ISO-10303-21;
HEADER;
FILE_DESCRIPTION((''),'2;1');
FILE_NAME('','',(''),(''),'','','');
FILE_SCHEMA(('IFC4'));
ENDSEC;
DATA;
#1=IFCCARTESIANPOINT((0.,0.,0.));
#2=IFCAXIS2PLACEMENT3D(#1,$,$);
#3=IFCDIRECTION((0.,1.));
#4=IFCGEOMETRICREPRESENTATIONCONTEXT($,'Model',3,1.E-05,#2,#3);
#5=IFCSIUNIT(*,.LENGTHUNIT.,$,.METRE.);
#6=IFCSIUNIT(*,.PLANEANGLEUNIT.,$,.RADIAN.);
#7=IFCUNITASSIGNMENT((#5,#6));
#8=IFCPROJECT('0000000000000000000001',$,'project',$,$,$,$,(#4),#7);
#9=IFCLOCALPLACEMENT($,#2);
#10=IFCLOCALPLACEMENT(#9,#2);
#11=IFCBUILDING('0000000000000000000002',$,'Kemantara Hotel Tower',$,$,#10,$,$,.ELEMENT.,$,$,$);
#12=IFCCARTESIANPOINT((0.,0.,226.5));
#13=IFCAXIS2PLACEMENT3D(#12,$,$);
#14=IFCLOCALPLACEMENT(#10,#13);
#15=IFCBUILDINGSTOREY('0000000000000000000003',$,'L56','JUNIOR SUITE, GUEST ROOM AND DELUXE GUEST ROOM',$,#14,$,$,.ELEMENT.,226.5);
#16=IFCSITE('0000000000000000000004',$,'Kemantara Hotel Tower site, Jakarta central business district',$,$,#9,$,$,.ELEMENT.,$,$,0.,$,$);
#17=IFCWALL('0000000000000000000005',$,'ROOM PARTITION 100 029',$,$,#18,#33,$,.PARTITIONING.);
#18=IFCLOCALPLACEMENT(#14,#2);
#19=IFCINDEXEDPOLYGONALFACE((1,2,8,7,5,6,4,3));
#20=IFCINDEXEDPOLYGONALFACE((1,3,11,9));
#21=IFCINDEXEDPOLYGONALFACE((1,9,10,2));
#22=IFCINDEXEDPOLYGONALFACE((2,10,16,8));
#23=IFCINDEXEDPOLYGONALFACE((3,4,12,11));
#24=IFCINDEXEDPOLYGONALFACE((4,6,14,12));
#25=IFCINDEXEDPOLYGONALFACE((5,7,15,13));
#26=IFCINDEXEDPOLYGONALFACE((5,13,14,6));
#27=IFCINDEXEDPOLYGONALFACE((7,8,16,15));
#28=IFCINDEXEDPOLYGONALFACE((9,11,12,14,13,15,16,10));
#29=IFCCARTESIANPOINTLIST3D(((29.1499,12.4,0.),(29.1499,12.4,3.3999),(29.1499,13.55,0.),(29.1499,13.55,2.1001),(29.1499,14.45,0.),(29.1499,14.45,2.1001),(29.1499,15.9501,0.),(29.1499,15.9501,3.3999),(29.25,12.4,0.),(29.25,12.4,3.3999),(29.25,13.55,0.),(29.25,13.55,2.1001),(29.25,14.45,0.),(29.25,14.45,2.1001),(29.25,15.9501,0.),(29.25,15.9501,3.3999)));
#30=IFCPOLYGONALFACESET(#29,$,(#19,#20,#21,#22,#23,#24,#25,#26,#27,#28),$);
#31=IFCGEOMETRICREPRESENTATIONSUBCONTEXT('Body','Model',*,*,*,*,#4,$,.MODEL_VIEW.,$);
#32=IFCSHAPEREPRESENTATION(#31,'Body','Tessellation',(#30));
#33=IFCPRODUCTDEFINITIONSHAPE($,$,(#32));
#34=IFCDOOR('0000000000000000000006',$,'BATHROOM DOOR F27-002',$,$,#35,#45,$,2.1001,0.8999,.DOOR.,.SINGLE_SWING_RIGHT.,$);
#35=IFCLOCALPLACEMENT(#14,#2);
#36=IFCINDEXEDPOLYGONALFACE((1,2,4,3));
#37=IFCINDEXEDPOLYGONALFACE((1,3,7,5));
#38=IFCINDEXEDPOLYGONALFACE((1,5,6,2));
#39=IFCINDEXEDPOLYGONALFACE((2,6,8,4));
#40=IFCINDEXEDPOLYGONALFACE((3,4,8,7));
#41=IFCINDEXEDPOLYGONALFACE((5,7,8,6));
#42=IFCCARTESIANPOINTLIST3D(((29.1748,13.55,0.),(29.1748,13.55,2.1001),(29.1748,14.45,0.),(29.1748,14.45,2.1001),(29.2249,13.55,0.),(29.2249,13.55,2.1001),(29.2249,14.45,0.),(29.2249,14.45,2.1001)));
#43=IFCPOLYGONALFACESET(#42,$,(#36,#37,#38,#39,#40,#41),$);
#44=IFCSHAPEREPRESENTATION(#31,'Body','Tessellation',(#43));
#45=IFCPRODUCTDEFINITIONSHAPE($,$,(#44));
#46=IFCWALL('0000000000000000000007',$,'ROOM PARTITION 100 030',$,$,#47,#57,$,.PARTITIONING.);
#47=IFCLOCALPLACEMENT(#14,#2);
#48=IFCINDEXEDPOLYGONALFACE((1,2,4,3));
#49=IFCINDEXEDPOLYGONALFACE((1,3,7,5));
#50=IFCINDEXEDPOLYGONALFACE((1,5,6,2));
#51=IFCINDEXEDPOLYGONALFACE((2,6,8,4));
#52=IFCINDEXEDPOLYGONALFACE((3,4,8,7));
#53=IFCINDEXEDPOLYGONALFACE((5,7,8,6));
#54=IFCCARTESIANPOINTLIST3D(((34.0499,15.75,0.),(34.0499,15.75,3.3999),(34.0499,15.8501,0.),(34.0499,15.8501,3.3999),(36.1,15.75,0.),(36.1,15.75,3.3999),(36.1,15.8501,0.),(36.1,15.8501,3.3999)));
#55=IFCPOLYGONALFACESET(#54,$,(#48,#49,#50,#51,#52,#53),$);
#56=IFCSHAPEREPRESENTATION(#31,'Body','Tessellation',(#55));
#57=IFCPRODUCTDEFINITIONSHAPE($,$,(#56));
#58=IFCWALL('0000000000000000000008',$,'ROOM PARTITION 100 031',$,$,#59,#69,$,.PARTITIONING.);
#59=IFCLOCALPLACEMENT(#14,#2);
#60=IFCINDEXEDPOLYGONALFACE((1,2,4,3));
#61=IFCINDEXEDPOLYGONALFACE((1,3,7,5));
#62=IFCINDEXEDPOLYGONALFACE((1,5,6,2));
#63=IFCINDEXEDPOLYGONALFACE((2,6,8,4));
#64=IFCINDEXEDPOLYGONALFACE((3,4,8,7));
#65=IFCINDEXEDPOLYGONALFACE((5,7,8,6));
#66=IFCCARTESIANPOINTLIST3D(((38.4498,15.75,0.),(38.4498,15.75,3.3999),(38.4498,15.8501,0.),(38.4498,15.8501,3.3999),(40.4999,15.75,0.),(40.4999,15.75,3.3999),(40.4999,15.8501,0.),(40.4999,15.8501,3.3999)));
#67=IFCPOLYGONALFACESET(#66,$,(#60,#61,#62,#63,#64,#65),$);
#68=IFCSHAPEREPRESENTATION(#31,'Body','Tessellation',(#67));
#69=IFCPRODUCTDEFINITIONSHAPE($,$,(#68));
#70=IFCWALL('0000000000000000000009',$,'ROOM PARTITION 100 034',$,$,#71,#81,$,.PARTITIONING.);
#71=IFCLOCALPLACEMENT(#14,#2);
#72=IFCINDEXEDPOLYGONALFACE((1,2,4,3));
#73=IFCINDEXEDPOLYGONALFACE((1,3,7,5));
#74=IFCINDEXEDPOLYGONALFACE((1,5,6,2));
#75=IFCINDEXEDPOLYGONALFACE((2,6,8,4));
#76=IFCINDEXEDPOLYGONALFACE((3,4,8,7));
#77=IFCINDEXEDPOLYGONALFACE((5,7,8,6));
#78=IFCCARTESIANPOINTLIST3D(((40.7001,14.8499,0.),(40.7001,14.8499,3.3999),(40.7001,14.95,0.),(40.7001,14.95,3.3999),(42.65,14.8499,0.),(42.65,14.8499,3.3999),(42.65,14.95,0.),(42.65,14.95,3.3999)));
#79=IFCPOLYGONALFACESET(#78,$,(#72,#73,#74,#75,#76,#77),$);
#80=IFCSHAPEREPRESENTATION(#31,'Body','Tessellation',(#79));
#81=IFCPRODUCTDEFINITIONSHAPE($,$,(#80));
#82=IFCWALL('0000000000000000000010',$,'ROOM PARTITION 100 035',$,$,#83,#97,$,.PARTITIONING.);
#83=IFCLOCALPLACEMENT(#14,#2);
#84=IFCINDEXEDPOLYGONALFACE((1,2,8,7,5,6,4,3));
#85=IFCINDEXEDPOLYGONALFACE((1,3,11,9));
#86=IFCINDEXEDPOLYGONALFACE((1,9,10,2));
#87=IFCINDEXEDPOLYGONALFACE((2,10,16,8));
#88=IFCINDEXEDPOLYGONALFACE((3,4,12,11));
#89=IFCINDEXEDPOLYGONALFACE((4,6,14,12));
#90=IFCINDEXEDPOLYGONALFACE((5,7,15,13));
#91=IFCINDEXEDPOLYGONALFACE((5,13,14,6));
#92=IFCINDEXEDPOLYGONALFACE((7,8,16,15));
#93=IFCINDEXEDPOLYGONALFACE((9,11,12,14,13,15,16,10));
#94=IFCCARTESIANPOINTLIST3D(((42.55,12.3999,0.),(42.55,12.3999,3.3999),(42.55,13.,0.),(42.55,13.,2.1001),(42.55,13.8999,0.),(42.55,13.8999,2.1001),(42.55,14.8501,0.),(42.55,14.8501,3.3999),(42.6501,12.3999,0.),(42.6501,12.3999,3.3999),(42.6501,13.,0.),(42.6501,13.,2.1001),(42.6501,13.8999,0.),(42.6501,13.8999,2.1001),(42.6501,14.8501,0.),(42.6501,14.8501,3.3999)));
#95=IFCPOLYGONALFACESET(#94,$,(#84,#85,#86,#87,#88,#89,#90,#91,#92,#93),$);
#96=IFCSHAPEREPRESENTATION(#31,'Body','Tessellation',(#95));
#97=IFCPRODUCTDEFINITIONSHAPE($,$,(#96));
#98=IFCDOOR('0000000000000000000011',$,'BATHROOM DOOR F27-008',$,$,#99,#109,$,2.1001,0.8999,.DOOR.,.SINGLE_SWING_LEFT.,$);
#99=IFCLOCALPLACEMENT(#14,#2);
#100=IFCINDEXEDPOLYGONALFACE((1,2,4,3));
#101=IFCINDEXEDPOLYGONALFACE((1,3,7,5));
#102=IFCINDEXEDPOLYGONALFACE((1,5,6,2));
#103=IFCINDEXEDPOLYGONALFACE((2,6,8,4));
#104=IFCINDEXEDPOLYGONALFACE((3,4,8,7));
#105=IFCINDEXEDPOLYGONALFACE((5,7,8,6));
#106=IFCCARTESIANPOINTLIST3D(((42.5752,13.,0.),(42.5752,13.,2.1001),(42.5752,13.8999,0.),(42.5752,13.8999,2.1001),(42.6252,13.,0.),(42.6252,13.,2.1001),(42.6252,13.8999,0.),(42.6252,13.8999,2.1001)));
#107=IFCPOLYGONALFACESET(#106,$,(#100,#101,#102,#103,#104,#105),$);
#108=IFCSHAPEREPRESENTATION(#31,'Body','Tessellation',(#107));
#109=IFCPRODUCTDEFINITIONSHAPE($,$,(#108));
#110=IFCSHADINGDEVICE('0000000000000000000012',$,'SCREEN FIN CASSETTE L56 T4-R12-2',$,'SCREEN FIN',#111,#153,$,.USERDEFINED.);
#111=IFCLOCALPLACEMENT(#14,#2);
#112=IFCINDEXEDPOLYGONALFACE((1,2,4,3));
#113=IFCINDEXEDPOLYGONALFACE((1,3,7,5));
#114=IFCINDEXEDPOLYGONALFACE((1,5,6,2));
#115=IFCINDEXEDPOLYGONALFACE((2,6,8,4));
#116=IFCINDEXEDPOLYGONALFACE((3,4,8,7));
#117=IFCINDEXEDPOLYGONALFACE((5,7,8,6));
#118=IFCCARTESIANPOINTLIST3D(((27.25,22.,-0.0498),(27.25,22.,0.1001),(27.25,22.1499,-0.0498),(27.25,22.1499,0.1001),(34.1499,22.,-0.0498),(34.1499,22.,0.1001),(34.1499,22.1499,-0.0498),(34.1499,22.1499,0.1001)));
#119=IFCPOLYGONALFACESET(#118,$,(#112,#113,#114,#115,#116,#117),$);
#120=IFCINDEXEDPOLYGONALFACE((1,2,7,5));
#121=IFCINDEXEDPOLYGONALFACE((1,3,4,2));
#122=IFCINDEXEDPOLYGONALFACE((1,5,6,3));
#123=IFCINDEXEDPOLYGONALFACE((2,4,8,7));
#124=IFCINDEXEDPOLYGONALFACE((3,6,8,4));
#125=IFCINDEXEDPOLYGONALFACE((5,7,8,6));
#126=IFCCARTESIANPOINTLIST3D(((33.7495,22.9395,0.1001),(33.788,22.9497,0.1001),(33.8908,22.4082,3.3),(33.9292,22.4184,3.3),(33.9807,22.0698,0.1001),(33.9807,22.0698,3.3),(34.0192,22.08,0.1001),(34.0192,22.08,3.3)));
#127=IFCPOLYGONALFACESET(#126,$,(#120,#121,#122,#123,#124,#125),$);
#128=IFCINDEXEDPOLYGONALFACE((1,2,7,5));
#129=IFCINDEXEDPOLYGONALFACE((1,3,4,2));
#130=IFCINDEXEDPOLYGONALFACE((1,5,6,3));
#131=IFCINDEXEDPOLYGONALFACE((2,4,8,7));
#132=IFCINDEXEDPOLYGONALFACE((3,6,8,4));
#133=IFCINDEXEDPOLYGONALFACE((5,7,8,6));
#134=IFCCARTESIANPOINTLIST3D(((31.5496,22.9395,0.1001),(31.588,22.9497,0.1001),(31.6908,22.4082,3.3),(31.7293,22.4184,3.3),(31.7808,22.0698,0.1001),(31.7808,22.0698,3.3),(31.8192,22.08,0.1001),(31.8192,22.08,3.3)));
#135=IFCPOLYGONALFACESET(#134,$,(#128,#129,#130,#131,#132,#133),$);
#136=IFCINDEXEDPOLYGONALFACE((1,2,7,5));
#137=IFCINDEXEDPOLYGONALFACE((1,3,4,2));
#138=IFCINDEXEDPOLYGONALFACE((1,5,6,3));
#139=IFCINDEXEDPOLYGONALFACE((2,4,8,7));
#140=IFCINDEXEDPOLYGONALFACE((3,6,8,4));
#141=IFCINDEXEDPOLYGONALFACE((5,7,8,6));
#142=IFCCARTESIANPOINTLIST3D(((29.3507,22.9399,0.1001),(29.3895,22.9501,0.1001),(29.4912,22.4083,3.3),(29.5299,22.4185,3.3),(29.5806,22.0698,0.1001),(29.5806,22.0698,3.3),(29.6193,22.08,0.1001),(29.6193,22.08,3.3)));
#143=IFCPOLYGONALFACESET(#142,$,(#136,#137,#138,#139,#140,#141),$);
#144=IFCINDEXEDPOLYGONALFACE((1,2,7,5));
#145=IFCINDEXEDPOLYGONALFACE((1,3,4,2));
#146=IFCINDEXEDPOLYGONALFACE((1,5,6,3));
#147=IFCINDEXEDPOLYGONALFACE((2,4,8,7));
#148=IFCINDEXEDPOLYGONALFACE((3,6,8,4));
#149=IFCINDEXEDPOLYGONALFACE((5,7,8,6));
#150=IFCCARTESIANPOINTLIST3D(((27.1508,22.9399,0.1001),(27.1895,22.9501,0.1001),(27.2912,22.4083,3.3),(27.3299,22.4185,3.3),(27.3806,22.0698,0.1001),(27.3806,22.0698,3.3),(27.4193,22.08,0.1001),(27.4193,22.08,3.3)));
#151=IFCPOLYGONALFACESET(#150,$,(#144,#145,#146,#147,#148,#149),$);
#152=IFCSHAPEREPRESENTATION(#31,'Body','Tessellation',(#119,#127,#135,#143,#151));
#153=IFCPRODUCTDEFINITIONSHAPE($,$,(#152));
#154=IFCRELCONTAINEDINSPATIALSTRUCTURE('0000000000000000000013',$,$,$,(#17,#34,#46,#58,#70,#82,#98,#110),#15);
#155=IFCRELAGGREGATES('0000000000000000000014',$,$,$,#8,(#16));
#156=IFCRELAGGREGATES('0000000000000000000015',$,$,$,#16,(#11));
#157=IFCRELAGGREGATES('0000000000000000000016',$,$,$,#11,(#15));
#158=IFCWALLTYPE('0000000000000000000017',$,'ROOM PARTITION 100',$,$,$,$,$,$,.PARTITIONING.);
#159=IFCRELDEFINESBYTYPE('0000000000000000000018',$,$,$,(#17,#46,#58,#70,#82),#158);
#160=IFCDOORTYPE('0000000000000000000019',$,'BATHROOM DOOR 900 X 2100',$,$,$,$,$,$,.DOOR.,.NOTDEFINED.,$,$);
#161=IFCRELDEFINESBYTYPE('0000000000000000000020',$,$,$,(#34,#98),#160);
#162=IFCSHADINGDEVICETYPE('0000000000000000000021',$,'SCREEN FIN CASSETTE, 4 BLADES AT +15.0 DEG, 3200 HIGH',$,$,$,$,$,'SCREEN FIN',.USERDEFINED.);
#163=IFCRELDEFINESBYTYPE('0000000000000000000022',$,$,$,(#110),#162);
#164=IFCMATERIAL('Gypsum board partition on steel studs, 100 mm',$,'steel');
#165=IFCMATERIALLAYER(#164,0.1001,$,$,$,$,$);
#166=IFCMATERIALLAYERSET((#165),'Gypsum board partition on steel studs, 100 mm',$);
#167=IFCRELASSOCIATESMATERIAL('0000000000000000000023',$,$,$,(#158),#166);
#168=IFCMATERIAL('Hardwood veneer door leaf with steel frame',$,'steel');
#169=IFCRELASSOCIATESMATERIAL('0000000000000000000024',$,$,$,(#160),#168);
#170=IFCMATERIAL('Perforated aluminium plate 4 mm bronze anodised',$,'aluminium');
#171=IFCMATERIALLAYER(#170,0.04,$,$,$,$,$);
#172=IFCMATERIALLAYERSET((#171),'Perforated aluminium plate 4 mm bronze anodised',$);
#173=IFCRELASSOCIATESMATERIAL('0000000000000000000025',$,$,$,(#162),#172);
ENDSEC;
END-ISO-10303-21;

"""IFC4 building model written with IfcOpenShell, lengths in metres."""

from ifc_helpers import new_model, si_unit, direction, frame, frame_2d, origin, origin_2d, place, context, subcontext, project, spatial, polyline, rectangle, outline, extrude, source, transform, mapped, material, layer, layer_set, type_object, element, fill, save


model = new_model("IFC4")

# Units and contexts
model_context = context("Model", 3, precision=1e-05, world=origin(), true_north=direction((0.0, 1.0)))
body_context = subcontext(model_context, "Body", "Model", "MODEL_VIEW")
ifc_project = project(units=[si_unit("LENGTHUNIT", "METRE"), si_unit("PLANEANGLEUNIT", "RADIAN")], contexts=[model_context])

# Site, building, storey
site_placement = place(None, origin())
site = spatial("IfcSite", under=ifc_project, at=site_placement, Name="Kemantara Hotel Tower site, Jakarta central business district", CompositionType="ELEMENT", RefElevation=0.0)
building_placement = place(site_placement, origin())
building = spatial("IfcBuilding", under=site, at=building_placement, Name="Kemantara Hotel Tower", CompositionType="ELEMENT")
storey_placement = place(building_placement, frame((0.0, 0.0, 226.5)))
storey = spatial("IfcBuildingStorey", under=building, at=storey_placement, Name="L56", Description="JUNIOR SUITE, GUEST ROOM AND DELUXE GUEST ROOM", CompositionType="ELEMENT", Elevation=226.5)

# Wall, opening, door
ifc_material_1 = material(Name="Gypsum board partition on steel studs, 100 mm", Category="steel")
ifc_layer_1 = layer(ifc_material_1, 0.1001)
ifc_layer_set_1 = layer_set([ifc_layer_1], Name="Gypsum board partition on steel studs, 100 mm")
wall_type_1 = type_object("IfcWallType", Name="ROOM PARTITION 100", PredefinedType="PARTITIONING", material=ifc_layer_set_1)
wall_1_placement = place(storey_placement, frame((29.2, 15.95, 0.0), z_axis=(0.0, 0.0, 1.0), x_axis=(0.0, -1.0, 0.0)))
wall_1 = element("IfcWall", 1, at=wall_1_placement, inside=storey, type_object=wall_type_1, Name="ROOM PARTITION 100 029", PredefinedType="PARTITIONING", context=body_context, shape_type="SweptSolid", body=[
    extrude(rectangle(XDim=3.55, YDim=0.1001, at=frame_2d((1.7749, 0.0))), origin(), (0.0, 0.0, 1.0), 3.3999),
])
opening_1_placement = place(wall_1_placement, frame((1.5, 0.0, 0.0)))
opening_1 = element("IfcOpeningElement", 2, at=opening_1_placement, cuts=wall_1, PredefinedType="OPENING", context=body_context, shape_type="SweptSolid", body=[
    extrude(rectangle(XDim=0.8999, YDim=2.1001, at=frame_2d((0.45, 1.05))), frame((0.0, 0.0601, 0.0), z_axis=(0.0, -1.0, 0.0), x_axis=(1.0, 0.0, 0.0)), (0.0, 0.0, 1.0), 0.1201),
])
ifc_material_2 = material(Name="Hardwood veneer door leaf with steel frame", Category="steel")
door_type = type_object("IfcDoorType", Name="BATHROOM DOOR 900 X 2100", OperationType="NOTDEFINED", PredefinedType="DOOR", material=ifc_material_2)
door_1_placement = place(opening_1_placement, origin())
door_1 = element("IfcDoor", 3, at=door_1_placement, inside=storey, type_object=door_type, Name="BATHROOM DOOR F27-002", OperationType="SINGLE_SWING_RIGHT", OverallHeight=2.1001, OverallWidth=0.8999, PredefinedType="DOOR", context=body_context, shape_type="SweptSolid", body=[
    extrude(rectangle(XDim=0.8999, YDim=2.1001, at=frame_2d((0.45, 1.05))), frame((0.0, 0.0249, 0.0), z_axis=(0.0, -1.0, 0.0), x_axis=(1.0, 0.0, 0.0)), (0.0, 0.0, 1.0), 0.05),
])
fill(opening_1, door_1)

# Walls
for number, where, z_axis, x_axis, name in (
    (4, (34.05, 15.8, 0.0), (0.0, 0.0, 1.0), (1.0, 0.0, 0.0), "ROOM PARTITION 100 030"),
    (5, (38.45, 15.8, 0.0), (0.0, 0.0, 1.0), (1.0, 0.0, 0.0), "ROOM PARTITION 100 031"),
):
    element("IfcWall", number, at=place(storey_placement, frame(where, z_axis=z_axis, x_axis=x_axis)), inside=storey, type_object=wall_type_1, Name=name, PredefinedType="PARTITIONING", context=body_context, shape_type="SweptSolid", body=[
        extrude(rectangle(XDim=2.05, YDim=0.1001, at=frame_2d((1.0249, 0.0))), origin(), (0.0, 0.0, 1.0), 3.3999),
    ])
wall_2_placement = place(storey_placement, frame((40.7, 14.8999, 0.0), z_axis=(0.0, 0.0, 1.0), x_axis=(1.0, 0.0, 0.0)))
element("IfcWall", 6, at=wall_2_placement, inside=storey, type_object=wall_type_1, Name="ROOM PARTITION 100 034", PredefinedType="PARTITIONING", context=body_context, shape_type="SweptSolid", body=[
    extrude(rectangle(XDim=1.95, YDim=0.1001, at=frame_2d((0.9751, 0.0))), origin(), (0.0, 0.0, 1.0), 3.3999),
])

# Wall, opening, door
wall_3_placement = place(storey_placement, frame((42.6001, 12.3999, 0.0), z_axis=(0.0, 0.0, 1.0), x_axis=(0.0, 1.0, 0.0)))
wall_3 = element("IfcWall", 7, at=wall_3_placement, inside=storey, type_object=wall_type_1, Name="ROOM PARTITION 100 035", PredefinedType="PARTITIONING", context=body_context, shape_type="SweptSolid", body=[
    extrude(rectangle(XDim=2.4502, YDim=0.1001, at=frame_2d((1.2251, 0.0))), origin(), (0.0, 0.0, 1.0), 3.3999),
])
opening_2_placement = place(wall_3_placement, frame((0.6001, 0.0, 0.0)))
opening_2 = element("IfcOpeningElement", 8, at=opening_2_placement, cuts=wall_3, PredefinedType="OPENING", context=body_context, shape_type="SweptSolid", body=[
    extrude(rectangle(XDim=0.8999, YDim=2.1001, at=frame_2d((0.45, 1.05))), frame((0.0, 0.0601, 0.0), z_axis=(0.0, -1.0, 0.0), x_axis=(1.0, 0.0, 0.0)), (0.0, 0.0, 1.0), 0.1201),
])
door_2_placement = place(opening_2_placement, origin())
door_2 = element("IfcDoor", 9, at=door_2_placement, inside=storey, type_object=door_type, Name="BATHROOM DOOR F27-008", OperationType="SINGLE_SWING_LEFT", OverallHeight=2.1001, OverallWidth=0.8999, PredefinedType="DOOR", context=body_context, shape_type="SweptSolid", body=[
    extrude(rectangle(XDim=0.8999, YDim=2.1001, at=frame_2d((0.45, 1.05))), frame((0.0, 0.0249, 0.0), z_axis=(0.0, -1.0, 0.0), x_axis=(1.0, 0.0, 0.0)), (0.0, 0.0, 1.0), 0.05),
])
fill(opening_2, door_2)

# Shading device
ifc_material_3 = material(Name="Perforated aluminium plate 4 mm bronze anodised", Category="aluminium")
ifc_layer_2 = layer(ifc_material_3, 0.04)
ifc_layer_set_2 = layer_set([ifc_layer_2], Name="Perforated aluminium plate 4 mm bronze anodised")
shading_device_type_1 = type_object("IfcShadingDeviceType", Name="SCREEN FIN CASSETTE, 4 BLADES AT +15.0 DEG, 3200 HIGH", ElementType="SCREEN FIN", PredefinedType="USERDEFINED", material=ifc_layer_set_2)
shared_shape_1 = source(origin(), body_context, "Body", "SweptSolid", [
    extrude(rectangle(XDim=6.8999, YDim=0.1499, at=origin_2d()), frame((3.3, -0.075, -0.1499), z_axis=(0.0, 0.0, 1.0), x_axis=(1.0, 0.0, 0.0)), (0.0, 0.0, 1.0), 0.1499),
    extrude(outline(polyline([(0.0, 0.0), (0.8999, 0.0), (0.3501, 3.2), (0.0, 3.2), (0.0, 0.0)])), frame((0.0193, -0.0698, 0.0), z_axis=(-0.966438, -0.256901, 0.0), x_axis=(0.256901, -0.966438, 0.0)), (0.0, 0.0, 1.0), 0.0398),
    extrude(outline(polyline([(0.0, 0.0), (0.8999, 0.0), (0.3501, 3.2), (0.0, 3.2), (0.0, 0.0)])), frame((2.2192, -0.0698, 0.0), z_axis=(-0.966438, -0.256901, 0.0), x_axis=(0.256901, -0.966438, 0.0)), (0.0, 0.0, 1.0), 0.0398),
    extrude(outline(polyline([(0.0, 0.0), (0.8999, 0.0), (0.3501, 3.2), (0.0, 3.2), (0.0, 0.0)])), frame((4.4194, -0.0698, 0.0), z_axis=(-0.966838, -0.255391, 0.0), x_axis=(0.255391, -0.966838, 0.0)), (0.0, 0.0, 1.0), 0.04),
    extrude(outline(polyline([(0.0, 0.0), (0.8999, 0.0), (0.3501, 3.2), (0.0, 3.2), (0.0, 0.0)])), frame((6.6194, -0.0698, 0.0), z_axis=(-0.966838, -0.255391, 0.0), x_axis=(0.255391, -0.966838, 0.0)), (0.0, 0.0, 1.0), 0.04),
])
shading_device_1_placement = place(storey_placement, frame((34.0, 22.0, 0.1001), z_axis=(0.0, 0.0, 1.0), x_axis=(-1.0, 0.0, 0.0)))
element("IfcShadingDevice", 10, at=shading_device_1_placement, inside=storey, type_object=shading_device_type_1, Name="SCREEN FIN CASSETTE L56 T4-R12-2", ObjectType="SCREEN FIN", PredefinedType="USERDEFINED", context=body_context, shape_type="MappedRepresentation", body=[
    mapped(shared_shape_1, transform((0.0, 0.0, 0.0))),
])

save(model, "model.ifc")
